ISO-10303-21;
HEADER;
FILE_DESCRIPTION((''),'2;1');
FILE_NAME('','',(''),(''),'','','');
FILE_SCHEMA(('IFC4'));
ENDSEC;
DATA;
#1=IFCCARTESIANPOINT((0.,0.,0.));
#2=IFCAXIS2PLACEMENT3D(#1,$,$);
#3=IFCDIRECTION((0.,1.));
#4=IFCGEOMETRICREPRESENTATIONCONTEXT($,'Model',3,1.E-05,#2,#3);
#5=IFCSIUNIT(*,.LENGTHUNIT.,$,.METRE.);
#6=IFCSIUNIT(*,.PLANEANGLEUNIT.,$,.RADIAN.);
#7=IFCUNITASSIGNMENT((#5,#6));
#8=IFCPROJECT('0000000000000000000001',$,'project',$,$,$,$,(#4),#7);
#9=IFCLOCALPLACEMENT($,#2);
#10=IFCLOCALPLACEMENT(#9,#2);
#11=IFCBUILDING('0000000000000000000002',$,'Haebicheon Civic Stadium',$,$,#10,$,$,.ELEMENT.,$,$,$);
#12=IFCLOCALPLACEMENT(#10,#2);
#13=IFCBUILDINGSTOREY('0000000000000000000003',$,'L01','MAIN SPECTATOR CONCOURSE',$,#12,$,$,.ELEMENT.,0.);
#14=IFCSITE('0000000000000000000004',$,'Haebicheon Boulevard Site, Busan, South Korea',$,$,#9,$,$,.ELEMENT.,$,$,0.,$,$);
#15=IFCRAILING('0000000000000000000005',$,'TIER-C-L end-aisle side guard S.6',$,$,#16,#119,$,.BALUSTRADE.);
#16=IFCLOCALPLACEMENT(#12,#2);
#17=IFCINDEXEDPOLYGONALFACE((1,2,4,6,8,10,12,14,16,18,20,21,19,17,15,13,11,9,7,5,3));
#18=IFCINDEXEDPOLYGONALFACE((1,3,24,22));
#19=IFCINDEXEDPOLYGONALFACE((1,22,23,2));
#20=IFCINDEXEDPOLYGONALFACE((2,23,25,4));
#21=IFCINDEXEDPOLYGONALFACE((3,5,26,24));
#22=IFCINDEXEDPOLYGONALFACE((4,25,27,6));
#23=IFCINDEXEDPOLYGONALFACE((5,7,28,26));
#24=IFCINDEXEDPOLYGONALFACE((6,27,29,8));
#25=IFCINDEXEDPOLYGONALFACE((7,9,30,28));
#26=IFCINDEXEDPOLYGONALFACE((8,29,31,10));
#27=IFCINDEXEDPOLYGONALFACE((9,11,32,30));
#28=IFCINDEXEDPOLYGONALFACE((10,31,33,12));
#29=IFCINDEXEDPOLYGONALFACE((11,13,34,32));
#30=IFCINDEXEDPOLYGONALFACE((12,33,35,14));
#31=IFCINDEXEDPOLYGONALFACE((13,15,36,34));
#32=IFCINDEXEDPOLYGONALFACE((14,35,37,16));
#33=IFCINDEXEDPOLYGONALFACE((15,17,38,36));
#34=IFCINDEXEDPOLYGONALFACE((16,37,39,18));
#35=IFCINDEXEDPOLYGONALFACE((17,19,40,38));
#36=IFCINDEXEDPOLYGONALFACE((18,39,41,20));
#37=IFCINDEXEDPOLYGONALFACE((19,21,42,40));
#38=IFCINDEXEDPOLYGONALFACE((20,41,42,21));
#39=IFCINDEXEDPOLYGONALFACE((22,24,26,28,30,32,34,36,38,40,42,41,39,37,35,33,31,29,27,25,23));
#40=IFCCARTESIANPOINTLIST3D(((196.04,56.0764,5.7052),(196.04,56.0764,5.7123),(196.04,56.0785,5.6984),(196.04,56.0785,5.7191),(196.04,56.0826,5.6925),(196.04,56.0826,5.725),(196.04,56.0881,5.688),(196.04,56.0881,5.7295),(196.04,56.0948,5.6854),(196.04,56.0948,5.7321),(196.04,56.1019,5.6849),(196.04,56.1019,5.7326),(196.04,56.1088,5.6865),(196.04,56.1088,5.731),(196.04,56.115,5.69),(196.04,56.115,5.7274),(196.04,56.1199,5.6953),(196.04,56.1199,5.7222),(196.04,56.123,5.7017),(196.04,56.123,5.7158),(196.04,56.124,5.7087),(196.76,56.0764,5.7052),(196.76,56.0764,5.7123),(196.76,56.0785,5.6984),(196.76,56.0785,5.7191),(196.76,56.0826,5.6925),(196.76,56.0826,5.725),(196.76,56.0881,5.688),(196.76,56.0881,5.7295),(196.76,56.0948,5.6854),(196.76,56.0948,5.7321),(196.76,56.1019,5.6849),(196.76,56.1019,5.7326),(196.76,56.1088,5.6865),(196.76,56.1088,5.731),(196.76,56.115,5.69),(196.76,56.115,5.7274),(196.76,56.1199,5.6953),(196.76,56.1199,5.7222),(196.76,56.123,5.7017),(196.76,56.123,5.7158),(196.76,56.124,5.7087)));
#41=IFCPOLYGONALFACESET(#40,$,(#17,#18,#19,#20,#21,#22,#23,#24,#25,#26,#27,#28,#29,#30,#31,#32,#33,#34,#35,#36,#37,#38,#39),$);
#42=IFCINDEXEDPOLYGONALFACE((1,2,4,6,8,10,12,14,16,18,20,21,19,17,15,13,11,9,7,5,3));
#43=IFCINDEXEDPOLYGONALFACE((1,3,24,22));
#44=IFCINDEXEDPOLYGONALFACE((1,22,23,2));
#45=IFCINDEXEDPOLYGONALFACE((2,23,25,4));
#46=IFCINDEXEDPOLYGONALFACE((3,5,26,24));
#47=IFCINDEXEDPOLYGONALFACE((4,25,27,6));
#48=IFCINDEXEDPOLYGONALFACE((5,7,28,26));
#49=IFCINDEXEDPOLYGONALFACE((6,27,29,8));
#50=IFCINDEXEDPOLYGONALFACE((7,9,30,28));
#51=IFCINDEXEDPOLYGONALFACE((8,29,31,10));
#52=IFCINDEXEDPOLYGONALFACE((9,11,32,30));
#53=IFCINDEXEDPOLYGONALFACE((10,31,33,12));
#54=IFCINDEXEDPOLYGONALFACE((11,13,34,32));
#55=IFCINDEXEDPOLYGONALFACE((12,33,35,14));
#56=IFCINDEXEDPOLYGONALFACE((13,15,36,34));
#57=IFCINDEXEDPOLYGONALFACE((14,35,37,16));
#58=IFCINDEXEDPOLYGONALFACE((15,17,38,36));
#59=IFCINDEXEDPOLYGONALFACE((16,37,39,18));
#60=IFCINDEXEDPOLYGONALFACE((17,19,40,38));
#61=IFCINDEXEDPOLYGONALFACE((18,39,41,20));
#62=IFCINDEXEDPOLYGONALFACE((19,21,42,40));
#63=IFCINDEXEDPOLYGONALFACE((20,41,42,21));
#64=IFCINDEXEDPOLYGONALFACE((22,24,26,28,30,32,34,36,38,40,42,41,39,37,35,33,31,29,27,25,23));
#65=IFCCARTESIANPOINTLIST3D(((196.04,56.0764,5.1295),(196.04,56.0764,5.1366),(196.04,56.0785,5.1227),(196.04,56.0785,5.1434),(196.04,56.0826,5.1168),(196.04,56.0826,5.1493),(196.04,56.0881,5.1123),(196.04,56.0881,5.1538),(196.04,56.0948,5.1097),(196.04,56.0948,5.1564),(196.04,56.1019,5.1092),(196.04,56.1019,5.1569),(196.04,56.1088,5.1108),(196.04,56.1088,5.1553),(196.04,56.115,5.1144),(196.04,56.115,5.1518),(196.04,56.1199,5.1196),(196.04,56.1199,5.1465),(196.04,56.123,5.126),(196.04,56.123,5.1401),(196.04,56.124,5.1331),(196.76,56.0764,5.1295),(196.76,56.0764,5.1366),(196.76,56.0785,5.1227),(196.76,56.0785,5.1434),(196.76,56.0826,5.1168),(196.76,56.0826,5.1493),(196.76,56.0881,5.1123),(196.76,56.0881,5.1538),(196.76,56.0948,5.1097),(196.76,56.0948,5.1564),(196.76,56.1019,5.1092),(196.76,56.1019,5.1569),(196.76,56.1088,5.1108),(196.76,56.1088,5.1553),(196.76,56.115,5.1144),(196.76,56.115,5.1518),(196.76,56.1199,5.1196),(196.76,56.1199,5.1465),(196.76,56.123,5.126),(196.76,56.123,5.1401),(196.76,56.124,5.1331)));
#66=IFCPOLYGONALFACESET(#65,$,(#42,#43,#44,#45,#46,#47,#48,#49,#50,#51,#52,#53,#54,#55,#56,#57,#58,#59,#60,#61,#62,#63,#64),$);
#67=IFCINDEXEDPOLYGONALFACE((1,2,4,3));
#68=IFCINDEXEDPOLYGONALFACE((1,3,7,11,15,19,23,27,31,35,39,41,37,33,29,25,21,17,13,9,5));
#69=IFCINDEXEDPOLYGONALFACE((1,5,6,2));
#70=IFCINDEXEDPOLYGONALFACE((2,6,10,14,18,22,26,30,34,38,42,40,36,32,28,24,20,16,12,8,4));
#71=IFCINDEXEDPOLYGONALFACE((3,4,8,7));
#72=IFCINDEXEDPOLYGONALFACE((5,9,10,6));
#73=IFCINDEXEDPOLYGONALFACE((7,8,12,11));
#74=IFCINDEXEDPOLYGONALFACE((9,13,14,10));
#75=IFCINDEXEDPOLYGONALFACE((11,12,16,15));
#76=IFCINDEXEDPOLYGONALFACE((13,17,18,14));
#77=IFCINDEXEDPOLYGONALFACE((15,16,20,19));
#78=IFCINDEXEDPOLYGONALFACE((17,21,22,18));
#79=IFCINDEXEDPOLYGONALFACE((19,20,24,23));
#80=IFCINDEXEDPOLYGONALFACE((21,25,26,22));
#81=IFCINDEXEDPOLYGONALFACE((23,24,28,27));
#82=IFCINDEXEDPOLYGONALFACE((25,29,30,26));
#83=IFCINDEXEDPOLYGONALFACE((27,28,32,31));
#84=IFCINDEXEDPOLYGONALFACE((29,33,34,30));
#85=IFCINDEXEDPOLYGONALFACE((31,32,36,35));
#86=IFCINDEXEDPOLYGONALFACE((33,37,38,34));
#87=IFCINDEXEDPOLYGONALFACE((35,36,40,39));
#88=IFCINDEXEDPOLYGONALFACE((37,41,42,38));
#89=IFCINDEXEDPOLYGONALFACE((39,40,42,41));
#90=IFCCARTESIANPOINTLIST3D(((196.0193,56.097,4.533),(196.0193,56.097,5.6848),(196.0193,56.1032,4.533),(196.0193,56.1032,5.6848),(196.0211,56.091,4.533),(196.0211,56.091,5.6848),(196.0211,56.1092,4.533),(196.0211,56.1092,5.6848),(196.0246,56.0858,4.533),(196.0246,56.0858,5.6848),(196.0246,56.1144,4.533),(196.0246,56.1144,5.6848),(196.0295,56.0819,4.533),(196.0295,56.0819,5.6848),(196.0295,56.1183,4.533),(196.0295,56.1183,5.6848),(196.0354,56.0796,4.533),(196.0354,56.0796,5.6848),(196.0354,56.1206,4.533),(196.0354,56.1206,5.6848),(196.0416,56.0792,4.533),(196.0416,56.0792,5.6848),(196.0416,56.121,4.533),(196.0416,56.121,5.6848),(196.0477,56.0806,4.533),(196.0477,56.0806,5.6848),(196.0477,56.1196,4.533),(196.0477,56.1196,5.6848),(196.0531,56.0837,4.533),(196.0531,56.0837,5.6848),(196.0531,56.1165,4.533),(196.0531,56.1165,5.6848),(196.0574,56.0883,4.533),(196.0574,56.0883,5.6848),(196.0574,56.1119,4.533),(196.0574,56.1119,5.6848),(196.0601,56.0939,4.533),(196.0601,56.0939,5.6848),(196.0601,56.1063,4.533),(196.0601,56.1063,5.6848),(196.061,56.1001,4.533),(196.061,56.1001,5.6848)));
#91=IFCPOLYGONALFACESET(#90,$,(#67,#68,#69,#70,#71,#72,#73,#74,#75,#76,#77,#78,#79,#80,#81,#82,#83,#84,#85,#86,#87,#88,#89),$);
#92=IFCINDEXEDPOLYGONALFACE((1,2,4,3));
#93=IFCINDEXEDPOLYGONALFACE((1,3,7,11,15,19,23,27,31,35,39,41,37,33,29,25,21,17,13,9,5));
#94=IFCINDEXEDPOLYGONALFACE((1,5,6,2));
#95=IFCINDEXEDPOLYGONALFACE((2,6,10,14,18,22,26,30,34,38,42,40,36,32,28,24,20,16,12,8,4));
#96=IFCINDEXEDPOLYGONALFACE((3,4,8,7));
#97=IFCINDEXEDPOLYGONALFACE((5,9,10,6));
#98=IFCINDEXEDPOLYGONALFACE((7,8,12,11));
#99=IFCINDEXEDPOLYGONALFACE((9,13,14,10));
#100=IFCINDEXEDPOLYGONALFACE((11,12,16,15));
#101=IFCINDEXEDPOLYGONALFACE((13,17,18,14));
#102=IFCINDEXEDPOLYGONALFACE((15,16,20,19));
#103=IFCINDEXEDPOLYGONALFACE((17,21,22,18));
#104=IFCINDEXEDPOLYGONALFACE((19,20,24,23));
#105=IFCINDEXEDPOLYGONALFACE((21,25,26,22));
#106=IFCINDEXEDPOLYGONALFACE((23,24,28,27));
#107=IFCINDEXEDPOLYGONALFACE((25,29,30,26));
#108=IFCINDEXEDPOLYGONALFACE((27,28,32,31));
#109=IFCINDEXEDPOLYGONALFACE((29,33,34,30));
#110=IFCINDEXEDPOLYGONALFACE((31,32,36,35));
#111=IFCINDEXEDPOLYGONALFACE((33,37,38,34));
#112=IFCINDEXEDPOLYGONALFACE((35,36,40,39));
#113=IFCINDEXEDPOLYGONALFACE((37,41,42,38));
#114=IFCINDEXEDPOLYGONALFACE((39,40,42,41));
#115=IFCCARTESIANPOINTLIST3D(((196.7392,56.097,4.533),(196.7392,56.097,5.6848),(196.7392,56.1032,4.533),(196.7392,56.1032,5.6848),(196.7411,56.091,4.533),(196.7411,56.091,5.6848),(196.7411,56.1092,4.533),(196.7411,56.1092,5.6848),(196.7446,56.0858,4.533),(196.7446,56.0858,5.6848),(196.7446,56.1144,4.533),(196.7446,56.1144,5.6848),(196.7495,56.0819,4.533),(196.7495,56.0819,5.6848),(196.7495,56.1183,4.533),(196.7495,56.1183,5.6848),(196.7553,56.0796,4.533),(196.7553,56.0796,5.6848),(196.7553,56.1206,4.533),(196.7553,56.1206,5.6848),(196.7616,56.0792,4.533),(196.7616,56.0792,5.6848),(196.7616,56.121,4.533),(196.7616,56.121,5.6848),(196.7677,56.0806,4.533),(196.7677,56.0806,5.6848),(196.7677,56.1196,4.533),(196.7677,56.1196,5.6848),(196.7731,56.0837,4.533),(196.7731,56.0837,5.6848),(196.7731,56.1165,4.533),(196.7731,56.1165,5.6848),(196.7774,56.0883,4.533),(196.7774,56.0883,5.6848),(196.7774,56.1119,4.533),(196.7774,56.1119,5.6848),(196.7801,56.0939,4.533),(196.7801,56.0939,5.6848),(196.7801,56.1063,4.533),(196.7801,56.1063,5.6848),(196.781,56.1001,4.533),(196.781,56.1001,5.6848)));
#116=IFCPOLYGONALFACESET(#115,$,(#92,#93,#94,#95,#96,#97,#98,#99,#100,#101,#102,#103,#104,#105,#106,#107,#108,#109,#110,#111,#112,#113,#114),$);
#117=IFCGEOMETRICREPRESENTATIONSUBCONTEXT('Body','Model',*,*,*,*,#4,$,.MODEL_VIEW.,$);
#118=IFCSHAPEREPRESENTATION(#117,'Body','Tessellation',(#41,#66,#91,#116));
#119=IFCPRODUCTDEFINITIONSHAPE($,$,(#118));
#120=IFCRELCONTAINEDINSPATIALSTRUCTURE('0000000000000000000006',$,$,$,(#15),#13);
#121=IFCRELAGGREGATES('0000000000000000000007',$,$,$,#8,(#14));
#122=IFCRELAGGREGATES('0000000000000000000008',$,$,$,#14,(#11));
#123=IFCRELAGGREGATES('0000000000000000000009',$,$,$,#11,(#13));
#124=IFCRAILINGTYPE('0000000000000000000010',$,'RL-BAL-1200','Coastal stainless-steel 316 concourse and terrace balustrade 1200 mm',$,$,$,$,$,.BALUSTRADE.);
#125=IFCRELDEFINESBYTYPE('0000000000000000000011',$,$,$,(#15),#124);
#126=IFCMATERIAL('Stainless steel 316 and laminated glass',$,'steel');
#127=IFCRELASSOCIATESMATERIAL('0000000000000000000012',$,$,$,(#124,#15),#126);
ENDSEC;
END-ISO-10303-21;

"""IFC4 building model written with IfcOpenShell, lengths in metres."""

from ifc_helpers import new_model, si_unit, direction, frame, origin, origin_2d, place, context, subcontext, project, spatial, circle, extrude, material, type_object, element, save


model = new_model("IFC4")

# Units and contexts
model_context = context("Model", 3, precision=1e-05, world=origin(), true_north=direction((0.0, 1.0)))
body_context = subcontext(model_context, "Body", "Model", "MODEL_VIEW")
ifc_project = project(units=[si_unit("LENGTHUNIT", "METRE"), si_unit("PLANEANGLEUNIT", "RADIAN")], contexts=[model_context])

# Site, building, storey
site_placement = place(None, origin())
site = spatial("IfcSite", under=ifc_project, at=site_placement, Name="Haebicheon Boulevard Site, Busan, South Korea", CompositionType="ELEMENT", RefElevation=0.0)
building_placement = place(site_placement, origin())
building = spatial("IfcBuilding", under=site, at=building_placement, Name="Haebicheon Civic Stadium", CompositionType="ELEMENT")
storey_placement = place(building_placement, origin())
storey = spatial("IfcBuildingStorey", under=building, at=storey_placement, Name="L01", Description="MAIN SPECTATOR CONCOURSE", CompositionType="ELEMENT", Elevation=0.0)

# Railing
ifc_material_1 = material(Name="Stainless steel 316 and laminated glass", Category="steel")
railing_type_1 = type_object("IfcRailingType", Name="RL-BAL-1200", Description="Coastal stainless-steel 316 concourse and terrace balustrade 1200 mm", PredefinedType="BALUSTRADE", material=ifc_material_1)
for number, where, name in (
    (1, (196.04, 56.1001, 4.533), "TIER-C-L end-aisle side guard S.6"),
):
    element("IfcRailing", number, at=place(storey_placement, frame(where)), inside=storey, type_object=railing_type_1, material=ifc_material_1, Name=name, PredefinedType="BALUSTRADE", context=body_context, shape_type="SweptSolid", body=[
        extrude(circle(Radius=0.0239, at=origin_2d()), frame((0.0, 0.0, 1.1758), z_axis=(1.0, 0.0, 0.0), x_axis=(0.0, 1.0, 0.0)), (0.0, 0.0, 1.0), 0.72),
        extrude(circle(Radius=0.0239, at=origin_2d()), frame((0.0, 0.0, 0.6001), z_axis=(1.0, 0.0, 0.0), x_axis=(0.0, 1.0, 0.0)), (0.0, 0.0, 1.0), 0.72),
        extrude(circle(Radius=0.021, at=origin_2d()), origin(), (0.0, 0.0, 1.0), 1.1519),
        extrude(circle(Radius=0.021, at=origin_2d()), frame((0.72, 0.0, 0.0)), (0.0, 0.0, 1.0), 1.1519),
    ])

save(model, "model.ifc")
